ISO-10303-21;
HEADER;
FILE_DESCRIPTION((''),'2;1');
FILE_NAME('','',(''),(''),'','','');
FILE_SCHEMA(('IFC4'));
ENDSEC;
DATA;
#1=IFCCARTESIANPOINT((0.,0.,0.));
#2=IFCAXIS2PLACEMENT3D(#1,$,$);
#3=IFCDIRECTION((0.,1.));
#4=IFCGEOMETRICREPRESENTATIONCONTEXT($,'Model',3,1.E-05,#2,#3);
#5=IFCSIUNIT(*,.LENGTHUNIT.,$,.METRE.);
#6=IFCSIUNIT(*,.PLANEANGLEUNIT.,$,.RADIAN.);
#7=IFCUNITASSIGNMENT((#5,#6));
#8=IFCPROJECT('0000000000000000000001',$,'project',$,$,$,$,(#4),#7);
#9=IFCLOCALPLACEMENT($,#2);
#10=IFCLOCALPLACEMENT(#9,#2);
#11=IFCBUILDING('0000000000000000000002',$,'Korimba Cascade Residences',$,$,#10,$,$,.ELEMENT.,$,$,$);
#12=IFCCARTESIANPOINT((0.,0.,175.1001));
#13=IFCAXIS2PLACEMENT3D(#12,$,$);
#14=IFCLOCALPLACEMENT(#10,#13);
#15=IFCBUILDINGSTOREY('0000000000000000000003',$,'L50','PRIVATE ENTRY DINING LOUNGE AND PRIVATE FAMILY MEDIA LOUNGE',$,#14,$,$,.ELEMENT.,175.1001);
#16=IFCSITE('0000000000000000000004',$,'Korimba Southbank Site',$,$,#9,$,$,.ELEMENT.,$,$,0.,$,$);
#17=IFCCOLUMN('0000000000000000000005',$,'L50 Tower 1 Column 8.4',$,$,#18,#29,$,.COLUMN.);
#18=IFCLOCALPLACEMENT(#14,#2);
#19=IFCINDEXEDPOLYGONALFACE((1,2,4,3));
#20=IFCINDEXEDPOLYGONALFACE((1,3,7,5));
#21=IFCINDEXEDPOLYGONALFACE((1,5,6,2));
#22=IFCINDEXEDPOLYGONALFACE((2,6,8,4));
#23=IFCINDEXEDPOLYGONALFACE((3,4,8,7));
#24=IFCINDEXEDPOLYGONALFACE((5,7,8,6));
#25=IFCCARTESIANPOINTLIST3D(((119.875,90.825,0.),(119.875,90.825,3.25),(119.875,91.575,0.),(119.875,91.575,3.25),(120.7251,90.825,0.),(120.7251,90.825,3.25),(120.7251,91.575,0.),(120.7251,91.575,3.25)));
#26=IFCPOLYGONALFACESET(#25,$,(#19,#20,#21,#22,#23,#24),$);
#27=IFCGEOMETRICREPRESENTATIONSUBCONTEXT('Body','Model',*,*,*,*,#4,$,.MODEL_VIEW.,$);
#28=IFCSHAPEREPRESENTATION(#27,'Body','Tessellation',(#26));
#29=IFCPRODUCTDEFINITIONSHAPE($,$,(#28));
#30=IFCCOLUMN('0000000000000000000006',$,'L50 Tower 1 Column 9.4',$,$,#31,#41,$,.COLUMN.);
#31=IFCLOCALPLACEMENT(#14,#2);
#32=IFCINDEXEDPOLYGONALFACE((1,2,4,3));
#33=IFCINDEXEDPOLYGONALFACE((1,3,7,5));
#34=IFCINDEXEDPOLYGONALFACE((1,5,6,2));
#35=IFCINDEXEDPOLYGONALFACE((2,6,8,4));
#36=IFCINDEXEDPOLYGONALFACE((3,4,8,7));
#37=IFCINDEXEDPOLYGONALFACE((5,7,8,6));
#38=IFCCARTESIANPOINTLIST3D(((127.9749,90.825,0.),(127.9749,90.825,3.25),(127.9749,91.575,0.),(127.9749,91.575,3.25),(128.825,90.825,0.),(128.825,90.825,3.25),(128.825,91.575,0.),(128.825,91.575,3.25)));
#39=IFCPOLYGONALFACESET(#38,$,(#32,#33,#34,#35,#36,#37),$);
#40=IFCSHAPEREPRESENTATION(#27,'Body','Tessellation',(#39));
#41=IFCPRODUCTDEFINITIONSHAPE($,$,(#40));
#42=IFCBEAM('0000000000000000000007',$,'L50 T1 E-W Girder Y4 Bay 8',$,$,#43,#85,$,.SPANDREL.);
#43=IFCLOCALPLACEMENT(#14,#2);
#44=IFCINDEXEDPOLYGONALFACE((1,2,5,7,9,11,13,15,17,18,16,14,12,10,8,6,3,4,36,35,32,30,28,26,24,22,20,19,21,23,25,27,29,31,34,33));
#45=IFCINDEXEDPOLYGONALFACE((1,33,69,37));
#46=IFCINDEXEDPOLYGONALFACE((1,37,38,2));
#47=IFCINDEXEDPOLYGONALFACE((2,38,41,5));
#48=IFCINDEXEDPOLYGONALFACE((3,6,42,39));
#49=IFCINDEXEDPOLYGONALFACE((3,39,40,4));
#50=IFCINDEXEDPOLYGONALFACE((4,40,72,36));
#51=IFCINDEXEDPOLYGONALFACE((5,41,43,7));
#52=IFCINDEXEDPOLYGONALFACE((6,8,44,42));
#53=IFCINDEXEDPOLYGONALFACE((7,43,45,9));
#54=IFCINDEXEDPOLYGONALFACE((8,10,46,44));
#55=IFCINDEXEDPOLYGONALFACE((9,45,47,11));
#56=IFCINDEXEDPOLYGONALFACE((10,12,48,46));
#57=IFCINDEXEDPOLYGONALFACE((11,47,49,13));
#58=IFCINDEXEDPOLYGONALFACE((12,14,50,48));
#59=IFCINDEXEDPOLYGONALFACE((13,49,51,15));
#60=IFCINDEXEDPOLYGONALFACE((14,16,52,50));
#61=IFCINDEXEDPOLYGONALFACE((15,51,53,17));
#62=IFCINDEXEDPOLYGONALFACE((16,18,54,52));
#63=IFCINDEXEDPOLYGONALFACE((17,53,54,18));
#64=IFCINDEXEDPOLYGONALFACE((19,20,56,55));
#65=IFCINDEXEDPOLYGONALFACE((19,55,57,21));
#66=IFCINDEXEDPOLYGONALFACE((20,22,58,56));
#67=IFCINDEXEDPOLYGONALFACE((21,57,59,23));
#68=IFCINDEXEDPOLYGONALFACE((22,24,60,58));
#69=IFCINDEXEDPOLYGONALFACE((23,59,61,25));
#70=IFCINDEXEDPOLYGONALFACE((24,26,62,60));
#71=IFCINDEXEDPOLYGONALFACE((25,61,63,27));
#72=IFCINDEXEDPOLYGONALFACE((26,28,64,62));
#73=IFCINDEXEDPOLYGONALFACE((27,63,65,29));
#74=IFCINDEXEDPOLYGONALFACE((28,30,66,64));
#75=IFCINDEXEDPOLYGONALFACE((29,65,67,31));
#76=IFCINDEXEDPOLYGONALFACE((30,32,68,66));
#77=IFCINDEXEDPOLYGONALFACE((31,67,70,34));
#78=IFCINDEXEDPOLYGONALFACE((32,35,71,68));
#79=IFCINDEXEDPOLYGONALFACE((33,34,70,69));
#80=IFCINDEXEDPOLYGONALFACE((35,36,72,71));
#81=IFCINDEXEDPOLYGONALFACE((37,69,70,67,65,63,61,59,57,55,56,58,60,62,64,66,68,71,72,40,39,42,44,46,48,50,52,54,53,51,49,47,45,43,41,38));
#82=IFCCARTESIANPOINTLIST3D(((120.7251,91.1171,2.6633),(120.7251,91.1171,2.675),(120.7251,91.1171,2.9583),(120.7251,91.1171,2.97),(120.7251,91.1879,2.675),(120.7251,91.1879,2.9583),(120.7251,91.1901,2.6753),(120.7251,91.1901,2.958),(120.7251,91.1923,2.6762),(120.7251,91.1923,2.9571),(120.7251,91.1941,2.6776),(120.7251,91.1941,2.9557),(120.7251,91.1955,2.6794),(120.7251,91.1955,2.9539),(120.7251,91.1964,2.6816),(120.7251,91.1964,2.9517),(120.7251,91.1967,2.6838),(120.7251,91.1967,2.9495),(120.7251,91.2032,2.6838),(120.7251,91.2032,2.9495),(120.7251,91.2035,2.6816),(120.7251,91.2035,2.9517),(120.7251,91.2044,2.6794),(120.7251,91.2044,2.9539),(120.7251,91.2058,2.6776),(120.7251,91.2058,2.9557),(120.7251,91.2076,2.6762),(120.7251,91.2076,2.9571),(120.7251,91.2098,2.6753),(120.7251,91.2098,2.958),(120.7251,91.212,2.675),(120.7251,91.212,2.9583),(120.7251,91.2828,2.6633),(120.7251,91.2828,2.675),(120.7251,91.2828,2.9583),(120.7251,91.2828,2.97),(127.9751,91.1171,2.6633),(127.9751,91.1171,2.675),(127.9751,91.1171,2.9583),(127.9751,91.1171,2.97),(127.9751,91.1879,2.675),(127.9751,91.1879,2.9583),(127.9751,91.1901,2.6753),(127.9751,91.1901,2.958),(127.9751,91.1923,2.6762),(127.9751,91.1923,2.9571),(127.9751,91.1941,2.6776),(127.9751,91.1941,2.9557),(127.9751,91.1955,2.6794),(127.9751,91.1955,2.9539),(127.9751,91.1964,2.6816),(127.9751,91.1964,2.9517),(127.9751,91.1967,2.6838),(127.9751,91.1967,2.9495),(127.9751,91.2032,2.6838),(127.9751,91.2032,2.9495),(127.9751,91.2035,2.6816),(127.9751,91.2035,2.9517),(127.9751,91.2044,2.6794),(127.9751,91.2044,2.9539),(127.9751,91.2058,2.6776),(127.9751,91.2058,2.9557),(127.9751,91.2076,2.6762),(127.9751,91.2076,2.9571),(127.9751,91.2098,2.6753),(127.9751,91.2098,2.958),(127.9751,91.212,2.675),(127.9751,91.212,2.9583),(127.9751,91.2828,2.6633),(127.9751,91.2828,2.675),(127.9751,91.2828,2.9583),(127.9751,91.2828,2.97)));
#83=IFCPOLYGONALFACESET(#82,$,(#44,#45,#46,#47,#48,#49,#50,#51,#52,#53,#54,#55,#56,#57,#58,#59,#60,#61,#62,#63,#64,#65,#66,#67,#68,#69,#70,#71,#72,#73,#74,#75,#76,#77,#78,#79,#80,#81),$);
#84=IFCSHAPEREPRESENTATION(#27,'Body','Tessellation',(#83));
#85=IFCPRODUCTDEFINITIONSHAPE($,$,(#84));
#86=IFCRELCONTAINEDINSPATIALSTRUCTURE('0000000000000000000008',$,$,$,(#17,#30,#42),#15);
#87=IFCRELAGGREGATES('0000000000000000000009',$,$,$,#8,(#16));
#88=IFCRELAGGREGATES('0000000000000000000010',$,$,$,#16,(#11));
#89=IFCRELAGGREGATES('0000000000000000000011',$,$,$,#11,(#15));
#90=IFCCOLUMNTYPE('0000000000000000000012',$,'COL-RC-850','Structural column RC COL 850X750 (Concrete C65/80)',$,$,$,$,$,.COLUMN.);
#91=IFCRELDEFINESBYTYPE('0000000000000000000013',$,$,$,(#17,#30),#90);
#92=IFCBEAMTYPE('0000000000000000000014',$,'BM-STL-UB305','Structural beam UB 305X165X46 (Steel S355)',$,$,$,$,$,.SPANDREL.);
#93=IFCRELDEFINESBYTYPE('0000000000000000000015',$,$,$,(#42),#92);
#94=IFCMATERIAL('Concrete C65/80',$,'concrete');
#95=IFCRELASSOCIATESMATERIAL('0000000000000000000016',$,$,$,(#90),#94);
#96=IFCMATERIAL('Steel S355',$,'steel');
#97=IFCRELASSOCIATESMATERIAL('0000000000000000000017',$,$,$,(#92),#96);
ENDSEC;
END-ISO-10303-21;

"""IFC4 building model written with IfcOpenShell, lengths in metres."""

from ifc_helpers import new_model, si_unit, direction, frame, origin, origin_2d, place, context, subcontext, project, spatial, rectangle, i_section, extrude, material, material_profile, profile_set, type_object, element, save


model = new_model("IFC4")

# Units and contexts
model_context = context("Model", 3, precision=1e-05, world=origin(), true_north=direction((0.0, 1.0)))
body_context = subcontext(model_context, "Body", "Model", "MODEL_VIEW")
ifc_project = project(units=[si_unit("LENGTHUNIT", "METRE"), si_unit("PLANEANGLEUNIT", "RADIAN")], contexts=[model_context])

# Site, building, storey
site_placement = place(None, origin())
site = spatial("IfcSite", under=ifc_project, at=site_placement, Name="Korimba Southbank Site", CompositionType="ELEMENT", RefElevation=0.0)
building_placement = place(site_placement, origin())
building = spatial("IfcBuilding", under=site, at=building_placement, Name="Korimba Cascade Residences", CompositionType="ELEMENT")
storey_placement = place(building_placement, frame((0.0, 0.0, 175.1001)))
storey = spatial("IfcBuildingStorey", under=building, at=storey_placement, Name="L50", Description="PRIVATE ENTRY DINING LOUNGE AND PRIVATE FAMILY MEDIA LOUNGE", CompositionType="ELEMENT", Elevation=175.1001)

# Columns
ifc_material_1 = material(Name="Concrete C65/80", Category="concrete")
ifc_material_profile_1 = material_profile(ifc_material_1, rectangle(XDim=0.8501, YDim=0.75, at=origin_2d()), Name="Concrete C65/80")
ifc_profile_set_1 = profile_set([ifc_material_profile_1], Name="Concrete C65/80")
column_type = type_object("IfcColumnType", Name="COL-RC-850", Description="Structural column RC COL 850X750 (Concrete C65/80)", PredefinedType="COLUMN", material=ifc_profile_set_1)
for number, where, z_axis, x_axis, name in (
    (1, (120.3, 91.2, 0.0), (0.0, 0.0, 1.0), (1.0, 0.0, 0.0), "L50 Tower 1 Column 8.4"),
    (2, (128.3999, 91.2, 0.0), (0.0, 0.0, 1.0), (1.0, 0.0, 0.0), "L50 Tower 1 Column 9.4"),
):
    element("IfcColumn", number, at=place(storey_placement, frame(where, z_axis=z_axis, x_axis=x_axis)), inside=storey, type_object=column_type, Name=name, PredefinedType="COLUMN", context=body_context, shape_type="SweptSolid", body=[
        extrude(rectangle(XDim=0.8501, YDim=0.75, at=origin_2d()), origin(), (0.0, 0.0, 1.0), 3.25),
    ])

# Beam
ifc_material_2 = material(Name="Steel S355", Category="steel")
ifc_material_profile_2 = material_profile(ifc_material_2, i_section(OverallWidth=0.1658, OverallDepth=0.3066, WebThickness=0.0066, FlangeThickness=0.0117, FilletRadius=0.0088, at=origin_2d()), Name="Steel S355")
ifc_profile_set_2 = profile_set([ifc_material_profile_2], Name="Steel S355")
beam_type = type_object("IfcBeamType", Name="BM-STL-UB305", Description="Structural beam UB 305X165X46 (Steel S355)", PredefinedType="SPANDREL", material=ifc_profile_set_2)
beam_placement = place(storey_placement, frame((120.7251, 91.2, 2.8167), z_axis=(1.0, 0.0, 0.0), x_axis=(0.0, 1.0, 0.0)))
element("IfcBeam", 3, at=beam_placement, inside=storey, type_object=beam_type, Name="L50 T1 E-W Girder Y4 Bay 8", PredefinedType="SPANDREL", context=body_context, shape_type="SweptSolid", body=[
    extrude(i_section(OverallWidth=0.1658, OverallDepth=0.3066, WebThickness=0.0066, FlangeThickness=0.0117, FilletRadius=0.0088, at=origin_2d()), origin(), (0.0, 0.0, 1.0), 7.25),
])

save(model, "model.ifc")
